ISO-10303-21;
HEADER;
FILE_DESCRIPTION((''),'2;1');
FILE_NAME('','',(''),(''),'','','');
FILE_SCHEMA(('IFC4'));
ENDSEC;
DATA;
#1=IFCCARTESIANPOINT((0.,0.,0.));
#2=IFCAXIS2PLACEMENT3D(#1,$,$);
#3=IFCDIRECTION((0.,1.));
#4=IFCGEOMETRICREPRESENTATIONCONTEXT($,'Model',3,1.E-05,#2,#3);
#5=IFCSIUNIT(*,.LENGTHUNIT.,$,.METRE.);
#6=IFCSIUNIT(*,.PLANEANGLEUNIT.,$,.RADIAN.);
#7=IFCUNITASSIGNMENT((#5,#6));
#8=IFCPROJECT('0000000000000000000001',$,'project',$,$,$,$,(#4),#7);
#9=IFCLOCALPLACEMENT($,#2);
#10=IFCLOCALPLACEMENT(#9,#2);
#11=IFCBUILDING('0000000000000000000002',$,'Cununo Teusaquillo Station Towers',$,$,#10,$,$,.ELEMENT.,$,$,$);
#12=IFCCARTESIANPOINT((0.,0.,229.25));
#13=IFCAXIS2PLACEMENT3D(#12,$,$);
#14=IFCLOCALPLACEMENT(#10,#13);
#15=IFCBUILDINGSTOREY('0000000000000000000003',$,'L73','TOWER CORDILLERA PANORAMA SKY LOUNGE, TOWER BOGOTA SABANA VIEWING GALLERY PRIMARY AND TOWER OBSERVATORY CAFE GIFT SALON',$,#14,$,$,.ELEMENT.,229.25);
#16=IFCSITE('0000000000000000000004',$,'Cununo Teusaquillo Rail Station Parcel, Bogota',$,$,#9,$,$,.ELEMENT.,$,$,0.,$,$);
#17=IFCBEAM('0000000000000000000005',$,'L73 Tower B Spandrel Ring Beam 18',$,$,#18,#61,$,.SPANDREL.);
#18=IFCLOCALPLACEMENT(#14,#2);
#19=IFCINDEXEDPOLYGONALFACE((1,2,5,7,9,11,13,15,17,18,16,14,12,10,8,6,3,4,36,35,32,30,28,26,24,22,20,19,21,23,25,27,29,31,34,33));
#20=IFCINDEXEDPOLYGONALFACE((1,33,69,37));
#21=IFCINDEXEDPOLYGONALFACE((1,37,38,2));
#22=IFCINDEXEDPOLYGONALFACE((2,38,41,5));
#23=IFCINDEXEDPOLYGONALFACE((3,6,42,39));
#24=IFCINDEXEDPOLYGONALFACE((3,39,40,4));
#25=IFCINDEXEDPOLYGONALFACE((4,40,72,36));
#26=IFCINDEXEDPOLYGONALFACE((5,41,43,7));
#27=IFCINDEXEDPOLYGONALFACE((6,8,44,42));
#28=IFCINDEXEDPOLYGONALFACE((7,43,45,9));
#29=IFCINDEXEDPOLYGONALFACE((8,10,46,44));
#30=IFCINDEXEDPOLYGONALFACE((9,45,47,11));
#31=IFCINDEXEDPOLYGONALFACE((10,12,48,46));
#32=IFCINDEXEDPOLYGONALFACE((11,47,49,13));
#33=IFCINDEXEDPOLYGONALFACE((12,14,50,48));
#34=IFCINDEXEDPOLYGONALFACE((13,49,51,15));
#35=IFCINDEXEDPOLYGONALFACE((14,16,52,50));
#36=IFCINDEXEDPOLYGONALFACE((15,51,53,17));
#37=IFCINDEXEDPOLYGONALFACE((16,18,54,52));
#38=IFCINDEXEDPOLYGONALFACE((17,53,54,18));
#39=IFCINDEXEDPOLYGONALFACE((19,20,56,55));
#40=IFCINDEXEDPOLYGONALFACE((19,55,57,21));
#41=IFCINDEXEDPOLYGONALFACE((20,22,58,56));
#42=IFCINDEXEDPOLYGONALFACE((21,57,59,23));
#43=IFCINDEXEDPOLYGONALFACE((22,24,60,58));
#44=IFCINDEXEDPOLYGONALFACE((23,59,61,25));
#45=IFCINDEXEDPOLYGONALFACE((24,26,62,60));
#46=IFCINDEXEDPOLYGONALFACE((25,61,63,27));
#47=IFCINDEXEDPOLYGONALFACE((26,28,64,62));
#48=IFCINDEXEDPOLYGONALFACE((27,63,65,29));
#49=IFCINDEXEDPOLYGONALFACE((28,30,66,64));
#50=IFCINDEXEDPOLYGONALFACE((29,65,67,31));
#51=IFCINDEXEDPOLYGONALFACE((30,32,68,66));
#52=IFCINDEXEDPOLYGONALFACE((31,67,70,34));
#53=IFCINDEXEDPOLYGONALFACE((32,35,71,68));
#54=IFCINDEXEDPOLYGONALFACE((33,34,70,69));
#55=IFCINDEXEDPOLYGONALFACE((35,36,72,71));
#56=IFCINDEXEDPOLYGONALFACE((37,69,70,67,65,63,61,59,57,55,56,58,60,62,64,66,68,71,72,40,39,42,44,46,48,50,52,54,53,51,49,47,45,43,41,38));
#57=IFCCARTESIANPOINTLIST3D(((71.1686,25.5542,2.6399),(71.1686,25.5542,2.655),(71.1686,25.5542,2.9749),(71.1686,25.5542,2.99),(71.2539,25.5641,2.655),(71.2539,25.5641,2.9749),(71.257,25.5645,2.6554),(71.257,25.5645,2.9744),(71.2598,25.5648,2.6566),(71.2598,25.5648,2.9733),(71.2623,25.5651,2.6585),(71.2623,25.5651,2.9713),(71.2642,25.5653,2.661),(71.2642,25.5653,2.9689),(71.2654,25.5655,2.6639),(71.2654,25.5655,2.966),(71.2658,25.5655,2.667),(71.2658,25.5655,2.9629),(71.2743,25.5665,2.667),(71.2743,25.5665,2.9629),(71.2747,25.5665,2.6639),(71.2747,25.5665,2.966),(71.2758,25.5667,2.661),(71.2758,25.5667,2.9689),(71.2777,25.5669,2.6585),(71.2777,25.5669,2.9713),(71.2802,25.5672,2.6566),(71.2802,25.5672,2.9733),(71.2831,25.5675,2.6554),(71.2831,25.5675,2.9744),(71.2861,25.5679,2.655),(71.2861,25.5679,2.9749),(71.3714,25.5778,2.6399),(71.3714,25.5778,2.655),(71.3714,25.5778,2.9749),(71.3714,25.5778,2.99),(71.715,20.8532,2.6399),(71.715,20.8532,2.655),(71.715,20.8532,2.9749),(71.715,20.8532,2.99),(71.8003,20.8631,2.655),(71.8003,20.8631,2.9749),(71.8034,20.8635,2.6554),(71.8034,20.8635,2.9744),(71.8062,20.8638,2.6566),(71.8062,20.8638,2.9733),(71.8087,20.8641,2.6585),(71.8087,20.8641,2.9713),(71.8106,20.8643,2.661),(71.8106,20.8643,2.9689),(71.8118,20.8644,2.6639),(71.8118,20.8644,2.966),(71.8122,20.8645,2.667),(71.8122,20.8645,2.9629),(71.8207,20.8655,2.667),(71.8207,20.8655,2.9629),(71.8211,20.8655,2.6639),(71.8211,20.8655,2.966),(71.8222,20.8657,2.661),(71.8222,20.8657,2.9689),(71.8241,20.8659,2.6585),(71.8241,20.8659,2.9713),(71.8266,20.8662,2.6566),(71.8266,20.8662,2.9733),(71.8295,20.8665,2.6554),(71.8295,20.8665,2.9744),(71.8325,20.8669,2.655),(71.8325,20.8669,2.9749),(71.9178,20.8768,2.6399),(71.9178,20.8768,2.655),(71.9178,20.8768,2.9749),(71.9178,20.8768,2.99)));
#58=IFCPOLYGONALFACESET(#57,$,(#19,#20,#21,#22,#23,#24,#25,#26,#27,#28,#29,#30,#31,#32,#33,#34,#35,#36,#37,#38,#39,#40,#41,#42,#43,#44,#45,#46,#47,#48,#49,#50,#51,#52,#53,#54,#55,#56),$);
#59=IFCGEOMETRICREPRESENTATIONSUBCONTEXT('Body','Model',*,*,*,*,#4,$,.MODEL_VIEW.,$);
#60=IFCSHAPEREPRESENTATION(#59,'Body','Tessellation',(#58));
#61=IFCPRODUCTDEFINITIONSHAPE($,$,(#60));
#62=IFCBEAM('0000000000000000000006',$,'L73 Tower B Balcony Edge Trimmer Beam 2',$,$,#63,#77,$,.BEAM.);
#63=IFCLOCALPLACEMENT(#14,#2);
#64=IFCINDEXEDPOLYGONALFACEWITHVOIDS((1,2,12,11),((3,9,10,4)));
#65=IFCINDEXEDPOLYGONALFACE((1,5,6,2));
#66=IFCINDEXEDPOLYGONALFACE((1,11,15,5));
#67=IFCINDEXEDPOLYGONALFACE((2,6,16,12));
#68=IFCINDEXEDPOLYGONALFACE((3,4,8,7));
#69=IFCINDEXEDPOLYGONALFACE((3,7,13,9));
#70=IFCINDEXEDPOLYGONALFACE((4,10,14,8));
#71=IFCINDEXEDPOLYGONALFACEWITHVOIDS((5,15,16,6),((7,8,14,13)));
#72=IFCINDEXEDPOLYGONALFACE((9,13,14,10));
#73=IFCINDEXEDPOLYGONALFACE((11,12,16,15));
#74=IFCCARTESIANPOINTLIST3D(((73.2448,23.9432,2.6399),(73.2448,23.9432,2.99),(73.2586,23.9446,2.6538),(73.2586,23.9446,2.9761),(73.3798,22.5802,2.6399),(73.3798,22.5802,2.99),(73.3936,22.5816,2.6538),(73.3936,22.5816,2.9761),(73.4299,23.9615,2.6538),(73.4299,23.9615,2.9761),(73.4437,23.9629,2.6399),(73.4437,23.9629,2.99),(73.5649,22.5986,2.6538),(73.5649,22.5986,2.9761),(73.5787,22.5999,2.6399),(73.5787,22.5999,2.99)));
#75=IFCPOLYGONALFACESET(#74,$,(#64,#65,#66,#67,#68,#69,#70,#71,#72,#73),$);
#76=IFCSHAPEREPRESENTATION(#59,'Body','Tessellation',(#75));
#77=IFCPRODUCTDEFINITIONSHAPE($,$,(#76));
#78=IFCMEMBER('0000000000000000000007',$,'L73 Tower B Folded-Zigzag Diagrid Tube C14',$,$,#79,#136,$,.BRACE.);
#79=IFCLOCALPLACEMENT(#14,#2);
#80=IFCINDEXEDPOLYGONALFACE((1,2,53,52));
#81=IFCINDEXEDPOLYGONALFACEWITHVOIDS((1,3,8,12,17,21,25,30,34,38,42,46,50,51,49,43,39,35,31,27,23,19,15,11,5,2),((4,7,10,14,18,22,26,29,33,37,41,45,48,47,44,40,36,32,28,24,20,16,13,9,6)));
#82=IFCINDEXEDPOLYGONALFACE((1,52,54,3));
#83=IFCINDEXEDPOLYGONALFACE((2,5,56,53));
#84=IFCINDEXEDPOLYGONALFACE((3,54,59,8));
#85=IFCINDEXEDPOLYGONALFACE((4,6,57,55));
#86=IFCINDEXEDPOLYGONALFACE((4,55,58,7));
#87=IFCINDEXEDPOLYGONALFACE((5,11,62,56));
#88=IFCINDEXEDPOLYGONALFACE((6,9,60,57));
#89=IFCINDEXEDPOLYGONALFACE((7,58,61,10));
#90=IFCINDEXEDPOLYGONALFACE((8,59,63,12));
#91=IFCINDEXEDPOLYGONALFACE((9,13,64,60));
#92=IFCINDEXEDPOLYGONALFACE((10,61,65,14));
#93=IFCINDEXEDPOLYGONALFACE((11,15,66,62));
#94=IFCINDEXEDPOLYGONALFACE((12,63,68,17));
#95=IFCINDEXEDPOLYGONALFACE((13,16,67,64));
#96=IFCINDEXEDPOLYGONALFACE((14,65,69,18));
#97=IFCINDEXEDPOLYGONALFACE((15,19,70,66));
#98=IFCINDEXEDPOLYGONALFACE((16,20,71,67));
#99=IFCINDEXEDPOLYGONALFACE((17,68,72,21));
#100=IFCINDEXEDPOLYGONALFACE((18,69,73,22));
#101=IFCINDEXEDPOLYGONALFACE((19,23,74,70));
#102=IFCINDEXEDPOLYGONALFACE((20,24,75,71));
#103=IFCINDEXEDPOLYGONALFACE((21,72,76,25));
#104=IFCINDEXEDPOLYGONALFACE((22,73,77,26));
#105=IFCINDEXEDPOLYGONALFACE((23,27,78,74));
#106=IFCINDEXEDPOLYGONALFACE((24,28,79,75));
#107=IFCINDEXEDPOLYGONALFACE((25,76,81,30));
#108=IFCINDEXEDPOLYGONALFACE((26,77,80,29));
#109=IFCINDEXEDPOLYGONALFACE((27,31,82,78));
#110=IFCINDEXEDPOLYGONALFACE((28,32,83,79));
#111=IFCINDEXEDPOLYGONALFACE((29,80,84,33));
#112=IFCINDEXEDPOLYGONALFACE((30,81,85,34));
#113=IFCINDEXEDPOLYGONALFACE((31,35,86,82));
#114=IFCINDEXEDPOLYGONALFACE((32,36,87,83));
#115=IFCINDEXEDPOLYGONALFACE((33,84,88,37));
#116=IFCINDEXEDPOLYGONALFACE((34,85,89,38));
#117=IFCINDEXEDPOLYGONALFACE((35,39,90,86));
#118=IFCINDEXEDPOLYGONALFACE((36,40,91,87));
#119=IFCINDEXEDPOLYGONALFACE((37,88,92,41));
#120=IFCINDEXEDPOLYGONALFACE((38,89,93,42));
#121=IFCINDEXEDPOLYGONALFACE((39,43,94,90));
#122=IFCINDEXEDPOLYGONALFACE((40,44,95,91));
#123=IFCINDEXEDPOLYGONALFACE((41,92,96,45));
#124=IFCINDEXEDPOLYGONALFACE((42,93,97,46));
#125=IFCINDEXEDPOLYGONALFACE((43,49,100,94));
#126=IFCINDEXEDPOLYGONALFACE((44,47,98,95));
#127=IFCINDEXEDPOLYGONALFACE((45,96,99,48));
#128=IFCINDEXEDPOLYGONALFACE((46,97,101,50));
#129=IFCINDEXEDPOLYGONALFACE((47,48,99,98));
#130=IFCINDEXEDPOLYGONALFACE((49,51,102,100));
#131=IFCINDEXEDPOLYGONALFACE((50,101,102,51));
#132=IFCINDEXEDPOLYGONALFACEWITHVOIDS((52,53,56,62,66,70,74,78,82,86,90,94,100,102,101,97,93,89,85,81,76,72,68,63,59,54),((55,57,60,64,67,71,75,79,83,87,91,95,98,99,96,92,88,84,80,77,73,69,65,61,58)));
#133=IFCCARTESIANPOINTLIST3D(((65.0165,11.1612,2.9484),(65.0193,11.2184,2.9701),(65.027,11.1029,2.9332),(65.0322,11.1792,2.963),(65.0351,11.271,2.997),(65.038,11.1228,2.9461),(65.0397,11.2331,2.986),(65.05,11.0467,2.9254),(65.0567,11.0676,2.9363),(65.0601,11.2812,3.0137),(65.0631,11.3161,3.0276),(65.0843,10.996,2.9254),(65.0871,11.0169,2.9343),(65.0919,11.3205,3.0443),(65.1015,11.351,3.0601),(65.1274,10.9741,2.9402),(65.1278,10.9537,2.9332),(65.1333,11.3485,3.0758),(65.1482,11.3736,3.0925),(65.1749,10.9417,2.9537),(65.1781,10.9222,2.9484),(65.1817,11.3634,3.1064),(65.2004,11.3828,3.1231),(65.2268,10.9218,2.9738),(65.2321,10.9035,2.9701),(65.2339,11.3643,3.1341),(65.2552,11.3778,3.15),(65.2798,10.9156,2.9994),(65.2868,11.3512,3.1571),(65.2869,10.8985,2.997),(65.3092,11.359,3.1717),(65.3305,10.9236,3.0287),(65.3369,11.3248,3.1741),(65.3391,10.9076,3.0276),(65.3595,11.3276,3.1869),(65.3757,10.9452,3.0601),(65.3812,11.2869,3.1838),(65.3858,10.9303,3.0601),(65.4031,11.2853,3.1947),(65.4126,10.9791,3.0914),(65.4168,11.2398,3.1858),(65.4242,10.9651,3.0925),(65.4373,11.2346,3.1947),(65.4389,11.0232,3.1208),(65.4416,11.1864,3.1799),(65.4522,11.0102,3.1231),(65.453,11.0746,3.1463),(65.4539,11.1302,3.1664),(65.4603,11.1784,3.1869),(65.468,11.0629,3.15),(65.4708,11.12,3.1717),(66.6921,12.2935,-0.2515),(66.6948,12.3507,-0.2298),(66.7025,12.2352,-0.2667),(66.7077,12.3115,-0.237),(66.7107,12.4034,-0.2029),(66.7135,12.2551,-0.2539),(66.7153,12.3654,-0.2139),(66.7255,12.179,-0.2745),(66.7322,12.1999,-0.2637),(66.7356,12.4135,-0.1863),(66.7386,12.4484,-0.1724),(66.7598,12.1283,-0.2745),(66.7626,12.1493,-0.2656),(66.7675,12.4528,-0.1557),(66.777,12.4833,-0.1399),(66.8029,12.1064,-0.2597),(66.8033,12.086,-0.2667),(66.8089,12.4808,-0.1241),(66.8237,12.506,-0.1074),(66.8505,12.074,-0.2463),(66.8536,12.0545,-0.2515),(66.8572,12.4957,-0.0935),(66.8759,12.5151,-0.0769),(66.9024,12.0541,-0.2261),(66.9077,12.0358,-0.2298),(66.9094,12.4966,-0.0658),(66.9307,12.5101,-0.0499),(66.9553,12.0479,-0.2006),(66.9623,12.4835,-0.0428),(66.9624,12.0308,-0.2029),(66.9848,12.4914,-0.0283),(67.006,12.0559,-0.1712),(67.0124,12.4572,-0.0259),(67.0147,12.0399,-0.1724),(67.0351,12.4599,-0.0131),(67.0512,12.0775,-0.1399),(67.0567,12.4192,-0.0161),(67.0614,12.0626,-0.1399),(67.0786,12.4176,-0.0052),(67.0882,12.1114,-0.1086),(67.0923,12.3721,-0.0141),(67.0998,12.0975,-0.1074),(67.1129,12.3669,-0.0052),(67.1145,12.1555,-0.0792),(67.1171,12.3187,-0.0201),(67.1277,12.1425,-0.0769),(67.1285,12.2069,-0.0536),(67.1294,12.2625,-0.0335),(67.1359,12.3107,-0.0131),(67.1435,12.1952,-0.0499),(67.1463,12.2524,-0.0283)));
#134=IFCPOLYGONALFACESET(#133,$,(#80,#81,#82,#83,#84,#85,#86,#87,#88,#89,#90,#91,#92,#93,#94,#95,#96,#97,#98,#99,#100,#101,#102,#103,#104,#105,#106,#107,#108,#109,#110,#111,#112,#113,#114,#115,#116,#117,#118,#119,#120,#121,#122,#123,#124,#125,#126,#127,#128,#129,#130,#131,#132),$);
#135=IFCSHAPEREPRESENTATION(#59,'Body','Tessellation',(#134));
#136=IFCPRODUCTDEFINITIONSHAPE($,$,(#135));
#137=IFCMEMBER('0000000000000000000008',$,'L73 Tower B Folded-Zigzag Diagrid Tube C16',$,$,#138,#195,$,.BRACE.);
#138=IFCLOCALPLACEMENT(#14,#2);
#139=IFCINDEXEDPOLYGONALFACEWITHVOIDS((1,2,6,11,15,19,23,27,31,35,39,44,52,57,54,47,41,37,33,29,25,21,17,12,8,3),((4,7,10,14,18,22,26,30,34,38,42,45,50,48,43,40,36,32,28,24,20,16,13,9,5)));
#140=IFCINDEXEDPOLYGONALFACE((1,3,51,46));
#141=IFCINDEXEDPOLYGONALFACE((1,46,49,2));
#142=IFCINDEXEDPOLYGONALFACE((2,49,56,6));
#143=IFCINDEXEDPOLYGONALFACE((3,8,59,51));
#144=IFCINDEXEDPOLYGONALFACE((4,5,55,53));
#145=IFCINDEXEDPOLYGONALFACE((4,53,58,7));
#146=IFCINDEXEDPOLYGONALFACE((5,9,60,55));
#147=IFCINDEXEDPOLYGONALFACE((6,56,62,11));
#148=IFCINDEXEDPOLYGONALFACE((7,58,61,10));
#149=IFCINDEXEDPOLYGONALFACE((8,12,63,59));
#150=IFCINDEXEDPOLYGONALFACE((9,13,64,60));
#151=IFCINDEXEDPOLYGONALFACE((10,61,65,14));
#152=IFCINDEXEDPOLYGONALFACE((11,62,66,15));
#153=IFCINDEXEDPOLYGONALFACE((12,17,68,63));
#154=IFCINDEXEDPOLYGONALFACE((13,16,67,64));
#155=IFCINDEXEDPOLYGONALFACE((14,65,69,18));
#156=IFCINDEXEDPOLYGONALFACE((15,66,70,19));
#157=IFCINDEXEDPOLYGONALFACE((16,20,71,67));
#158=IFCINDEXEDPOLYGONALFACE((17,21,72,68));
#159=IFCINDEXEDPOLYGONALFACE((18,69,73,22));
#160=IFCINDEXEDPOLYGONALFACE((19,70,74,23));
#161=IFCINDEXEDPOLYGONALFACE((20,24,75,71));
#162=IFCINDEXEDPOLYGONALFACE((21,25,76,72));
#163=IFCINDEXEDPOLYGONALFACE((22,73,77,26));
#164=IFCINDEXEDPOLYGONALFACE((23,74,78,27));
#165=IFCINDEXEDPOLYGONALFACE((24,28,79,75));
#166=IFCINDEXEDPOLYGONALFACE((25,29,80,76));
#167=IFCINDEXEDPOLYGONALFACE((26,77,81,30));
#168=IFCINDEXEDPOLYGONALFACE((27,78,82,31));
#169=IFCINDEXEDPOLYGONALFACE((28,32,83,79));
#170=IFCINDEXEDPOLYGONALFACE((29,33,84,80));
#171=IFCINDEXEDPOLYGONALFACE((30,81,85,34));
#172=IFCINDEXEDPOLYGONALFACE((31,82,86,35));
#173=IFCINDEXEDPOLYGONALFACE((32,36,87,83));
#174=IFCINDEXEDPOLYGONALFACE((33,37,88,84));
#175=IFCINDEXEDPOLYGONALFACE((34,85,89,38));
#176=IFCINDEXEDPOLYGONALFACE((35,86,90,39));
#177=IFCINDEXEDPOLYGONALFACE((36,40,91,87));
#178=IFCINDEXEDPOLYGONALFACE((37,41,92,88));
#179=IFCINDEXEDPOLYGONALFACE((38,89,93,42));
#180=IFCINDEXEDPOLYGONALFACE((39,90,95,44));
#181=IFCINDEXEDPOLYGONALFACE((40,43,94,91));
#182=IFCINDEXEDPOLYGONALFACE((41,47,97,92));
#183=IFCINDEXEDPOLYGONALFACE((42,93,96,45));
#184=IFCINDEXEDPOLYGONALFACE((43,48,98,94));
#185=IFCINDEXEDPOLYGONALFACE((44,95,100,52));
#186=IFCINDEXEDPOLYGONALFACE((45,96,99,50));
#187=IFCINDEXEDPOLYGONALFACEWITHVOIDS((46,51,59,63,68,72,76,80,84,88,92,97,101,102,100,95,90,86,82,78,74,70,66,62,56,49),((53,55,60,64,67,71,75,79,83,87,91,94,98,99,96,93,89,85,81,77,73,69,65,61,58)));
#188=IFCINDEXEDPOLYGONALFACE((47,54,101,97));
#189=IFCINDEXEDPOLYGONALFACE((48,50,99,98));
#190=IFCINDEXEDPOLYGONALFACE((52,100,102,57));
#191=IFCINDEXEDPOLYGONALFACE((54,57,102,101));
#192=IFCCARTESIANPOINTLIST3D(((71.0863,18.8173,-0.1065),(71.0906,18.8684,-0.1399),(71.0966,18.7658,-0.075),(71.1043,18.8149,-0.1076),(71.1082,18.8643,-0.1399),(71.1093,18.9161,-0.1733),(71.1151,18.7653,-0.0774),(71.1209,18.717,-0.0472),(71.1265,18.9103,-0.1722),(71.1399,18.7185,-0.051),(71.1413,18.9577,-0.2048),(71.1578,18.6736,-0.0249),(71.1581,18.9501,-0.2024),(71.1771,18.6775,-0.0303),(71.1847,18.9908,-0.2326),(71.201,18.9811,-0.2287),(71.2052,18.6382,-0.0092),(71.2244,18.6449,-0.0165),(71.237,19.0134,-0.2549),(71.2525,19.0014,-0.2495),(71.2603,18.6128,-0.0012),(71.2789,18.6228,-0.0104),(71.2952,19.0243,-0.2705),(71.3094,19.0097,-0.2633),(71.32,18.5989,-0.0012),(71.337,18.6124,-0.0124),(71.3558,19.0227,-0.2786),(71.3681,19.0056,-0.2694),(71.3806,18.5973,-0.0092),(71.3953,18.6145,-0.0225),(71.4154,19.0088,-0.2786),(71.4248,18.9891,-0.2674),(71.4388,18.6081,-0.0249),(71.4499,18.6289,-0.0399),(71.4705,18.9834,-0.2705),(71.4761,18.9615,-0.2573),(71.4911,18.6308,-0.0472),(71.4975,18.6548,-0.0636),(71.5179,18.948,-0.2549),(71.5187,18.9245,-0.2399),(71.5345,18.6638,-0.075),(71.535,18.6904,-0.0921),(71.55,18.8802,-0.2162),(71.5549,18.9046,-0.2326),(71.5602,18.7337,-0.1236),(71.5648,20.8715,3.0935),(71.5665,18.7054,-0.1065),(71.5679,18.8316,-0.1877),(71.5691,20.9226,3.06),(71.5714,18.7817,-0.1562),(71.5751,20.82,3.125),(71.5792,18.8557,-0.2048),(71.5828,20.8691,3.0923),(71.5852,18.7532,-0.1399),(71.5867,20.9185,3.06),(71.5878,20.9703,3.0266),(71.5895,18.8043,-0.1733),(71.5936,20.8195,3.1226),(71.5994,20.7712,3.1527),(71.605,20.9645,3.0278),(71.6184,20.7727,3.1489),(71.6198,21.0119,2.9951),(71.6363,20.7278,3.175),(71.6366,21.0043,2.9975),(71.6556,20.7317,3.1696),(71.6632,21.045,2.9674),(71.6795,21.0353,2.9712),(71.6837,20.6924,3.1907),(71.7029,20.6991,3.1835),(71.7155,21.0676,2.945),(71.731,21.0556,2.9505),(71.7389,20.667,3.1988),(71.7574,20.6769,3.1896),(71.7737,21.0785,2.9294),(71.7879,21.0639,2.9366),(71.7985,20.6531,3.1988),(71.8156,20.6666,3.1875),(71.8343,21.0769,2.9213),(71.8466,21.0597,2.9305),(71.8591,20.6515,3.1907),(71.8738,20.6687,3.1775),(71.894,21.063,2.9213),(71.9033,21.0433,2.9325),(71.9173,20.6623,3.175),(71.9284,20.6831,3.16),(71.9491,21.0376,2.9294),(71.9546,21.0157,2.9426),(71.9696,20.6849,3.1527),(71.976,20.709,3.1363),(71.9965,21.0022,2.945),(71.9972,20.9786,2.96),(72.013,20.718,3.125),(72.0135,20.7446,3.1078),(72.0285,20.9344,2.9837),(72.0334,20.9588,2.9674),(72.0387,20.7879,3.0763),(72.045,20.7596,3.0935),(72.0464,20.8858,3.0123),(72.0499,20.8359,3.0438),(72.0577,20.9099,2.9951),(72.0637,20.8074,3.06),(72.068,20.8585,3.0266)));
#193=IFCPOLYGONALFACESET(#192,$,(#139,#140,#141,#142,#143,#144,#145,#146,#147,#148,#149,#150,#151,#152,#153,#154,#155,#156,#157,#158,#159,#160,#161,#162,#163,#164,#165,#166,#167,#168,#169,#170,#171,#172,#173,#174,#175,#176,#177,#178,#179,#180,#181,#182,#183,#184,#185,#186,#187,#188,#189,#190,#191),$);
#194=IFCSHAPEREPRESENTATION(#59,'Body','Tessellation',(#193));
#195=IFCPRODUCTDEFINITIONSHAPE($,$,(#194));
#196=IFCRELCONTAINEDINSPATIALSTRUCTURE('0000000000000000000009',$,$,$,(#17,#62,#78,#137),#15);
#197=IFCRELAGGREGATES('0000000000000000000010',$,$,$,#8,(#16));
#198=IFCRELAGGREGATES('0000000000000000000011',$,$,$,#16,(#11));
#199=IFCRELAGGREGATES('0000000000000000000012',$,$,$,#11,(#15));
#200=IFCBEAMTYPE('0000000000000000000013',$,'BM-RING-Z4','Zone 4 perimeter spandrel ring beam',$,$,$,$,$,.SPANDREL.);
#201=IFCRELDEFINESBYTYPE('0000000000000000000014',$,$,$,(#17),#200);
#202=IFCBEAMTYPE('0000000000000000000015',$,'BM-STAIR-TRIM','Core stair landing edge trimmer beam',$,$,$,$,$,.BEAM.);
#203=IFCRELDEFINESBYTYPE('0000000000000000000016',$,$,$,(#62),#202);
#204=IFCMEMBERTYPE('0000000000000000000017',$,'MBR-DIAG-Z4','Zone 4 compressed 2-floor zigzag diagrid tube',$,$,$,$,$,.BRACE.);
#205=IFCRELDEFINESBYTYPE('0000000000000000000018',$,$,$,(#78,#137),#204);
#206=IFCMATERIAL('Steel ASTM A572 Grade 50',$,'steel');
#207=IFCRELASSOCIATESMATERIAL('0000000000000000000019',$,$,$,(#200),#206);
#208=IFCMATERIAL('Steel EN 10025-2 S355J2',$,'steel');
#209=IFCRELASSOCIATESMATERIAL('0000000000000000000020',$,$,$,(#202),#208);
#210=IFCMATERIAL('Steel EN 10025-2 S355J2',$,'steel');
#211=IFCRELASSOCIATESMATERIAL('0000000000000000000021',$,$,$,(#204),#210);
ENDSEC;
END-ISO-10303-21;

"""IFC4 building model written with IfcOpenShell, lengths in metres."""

from ifc_helpers import new_model, si_unit, direction, frame, origin, origin_2d, place, context, subcontext, project, spatial, hollow_rectangle, hollow_circle, i_section, extrude, material, material_profile, profile_set, type_object, element, save


model = new_model("IFC4")

# Units and contexts
model_context = context("Model", 3, precision=1e-05, world=origin(), true_north=direction((0.0, 1.0)))
body_context = subcontext(model_context, "Body", "Model", "MODEL_VIEW")
ifc_project = project(units=[si_unit("LENGTHUNIT", "METRE"), si_unit("PLANEANGLEUNIT", "RADIAN")], contexts=[model_context])

# Site, building, storey
site_placement = place(None, origin())
site = spatial("IfcSite", under=ifc_project, at=site_placement, Name="Cununo Teusaquillo Rail Station Parcel, Bogota", CompositionType="ELEMENT", RefElevation=0.0)
building_placement = place(site_placement, origin())
building = spatial("IfcBuilding", under=site, at=building_placement, Name="Cununo Teusaquillo Station Towers", CompositionType="ELEMENT")
storey_placement = place(building_placement, frame((0.0, 0.0, 229.25)))
storey = spatial("IfcBuildingStorey", under=building, at=storey_placement, Name="L73", Description="TOWER CORDILLERA PANORAMA SKY LOUNGE, TOWER BOGOTA SABANA VIEWING GALLERY PRIMARY AND TOWER OBSERVATORY CAFE GIFT SALON", CompositionType="ELEMENT", Elevation=229.25)

# Beams
ifc_material_1 = material(Name="Steel ASTM A572 Grade 50", Category="steel")
ifc_material_profile_1 = material_profile(ifc_material_1, i_section(OverallWidth=0.2041, OverallDepth=0.3501, WebThickness=0.0085, FlangeThickness=0.0151, FilletRadius=0.012, at=origin_2d()), Name="W14X48")
ifc_profile_set_1 = profile_set([ifc_material_profile_1], Name="Steel ASTM A572 Grade 50")
beam_type_1 = type_object("IfcBeamType", Name="BM-RING-Z4", Description="Zone 4 perimeter spandrel ring beam", PredefinedType="SPANDREL", material=ifc_profile_set_1)
beam_1_placement = place(storey_placement, frame((71.8164, 20.865, 2.8149), z_axis=(-0.115452, 0.993313, 0.0), x_axis=(-0.993313, -0.115452, 0.0)))
element("IfcBeam", 1, at=beam_1_placement, inside=storey, type_object=beam_type_1, Name="L73 Tower B Spandrel Ring Beam 18", PredefinedType="SPANDREL", context=body_context, shape_type="SweptSolid", body=[
    extrude(i_section(OverallWidth=0.2041, OverallDepth=0.3501, WebThickness=0.0085, FlangeThickness=0.0151, FilletRadius=0.012, at=origin_2d()), origin(), (0.0, 0.0, 1.0), 4.7327),
])
ifc_material_2 = material(Name="Steel EN 10025-2 S355J2", Category="steel")
ifc_material_profile_2 = material_profile(ifc_material_2, hollow_rectangle(XDim=0.2, YDim=0.3501, WallThickness=0.0139, at=origin_2d()), Name="RHS 350x200x14")
ifc_profile_set_2 = profile_set([ifc_material_profile_2], Name="Steel EN 10025-2 S355J2")
beam_type_2 = type_object("IfcBeamType", Name="BM-STAIR-TRIM", Description="Core stair landing edge trimmer beam", PredefinedType="BEAM", material=ifc_profile_set_2)
beam_2_placement = place(storey_placement, frame((73.4792, 22.5901, 2.8149), z_axis=(-0.098568, 0.99513, 0.0), x_axis=(-0.99513, -0.098568, 0.0)))
element("IfcBeam", 2, at=beam_2_placement, inside=storey, type_object=beam_type_2, Name="L73 Tower B Balcony Edge Trimmer Beam 2", PredefinedType="BEAM", context=body_context, shape_type="SweptSolid", body=[
    extrude(hollow_rectangle(XDim=0.2, YDim=0.3501, WallThickness=0.0139, at=origin_2d()), origin(), (0.0, 0.0, 1.0), 1.3696),
])

# Members
ifc_material_3 = material(Name="Steel EN 10025-2 S355J2", Category="steel")
ifc_material_profile_3 = material_profile(ifc_material_3, hollow_circle(Radius=0.2539, WallThickness=0.0181, at=origin_2d()), Name="CHS 508x18")
ifc_profile_set_3 = profile_set([ifc_material_profile_3], Name="Steel EN 10025-2 S355J2")
member_type = type_object("IfcMemberType", Name="MBR-DIAG-Z4", Description="Zone 4 compressed 2-floor zigzag diagrid tube", PredefinedType="BRACE", material=ifc_profile_set_3)
member_1_placement = place(storey_placement, frame((66.9192, 12.2729, -0.1399), z_axis=(-0.442631, -0.299129, 0.84534), x_axis=(0.559927, -0.828542, 0.0)))
element("IfcMember", 3, at=member_1_placement, inside=storey, type_object=member_type, Name="L73 Tower B Folded-Zigzag Diagrid Tube C14", PredefinedType="BRACE", context=body_context, shape_type="SweptSolid", body=[
    extrude(hollow_circle(Radius=0.2539, WallThickness=0.0181, at=origin_2d()), origin(), (0.0, 0.0, 1.0), 3.7854),
])
member_2_placement = place(storey_placement, frame((71.3379, 18.8108, -0.1399), z_axis=(0.124856, 0.535988, 0.834942), x_axis=(-0.973925, 0.226871, 0.0)))
element("IfcMember", 4, at=member_2_placement, inside=storey, type_object=member_type, Name="L73 Tower B Folded-Zigzag Diagrid Tube C16", PredefinedType="BRACE", context=body_context, shape_type="SweptSolid", body=[
    extrude(hollow_circle(Radius=0.2539, WallThickness=0.0181, at=origin_2d()), origin(), (0.0, 0.0, 1.0), 3.8325),
])

save(model, "model.ifc")
